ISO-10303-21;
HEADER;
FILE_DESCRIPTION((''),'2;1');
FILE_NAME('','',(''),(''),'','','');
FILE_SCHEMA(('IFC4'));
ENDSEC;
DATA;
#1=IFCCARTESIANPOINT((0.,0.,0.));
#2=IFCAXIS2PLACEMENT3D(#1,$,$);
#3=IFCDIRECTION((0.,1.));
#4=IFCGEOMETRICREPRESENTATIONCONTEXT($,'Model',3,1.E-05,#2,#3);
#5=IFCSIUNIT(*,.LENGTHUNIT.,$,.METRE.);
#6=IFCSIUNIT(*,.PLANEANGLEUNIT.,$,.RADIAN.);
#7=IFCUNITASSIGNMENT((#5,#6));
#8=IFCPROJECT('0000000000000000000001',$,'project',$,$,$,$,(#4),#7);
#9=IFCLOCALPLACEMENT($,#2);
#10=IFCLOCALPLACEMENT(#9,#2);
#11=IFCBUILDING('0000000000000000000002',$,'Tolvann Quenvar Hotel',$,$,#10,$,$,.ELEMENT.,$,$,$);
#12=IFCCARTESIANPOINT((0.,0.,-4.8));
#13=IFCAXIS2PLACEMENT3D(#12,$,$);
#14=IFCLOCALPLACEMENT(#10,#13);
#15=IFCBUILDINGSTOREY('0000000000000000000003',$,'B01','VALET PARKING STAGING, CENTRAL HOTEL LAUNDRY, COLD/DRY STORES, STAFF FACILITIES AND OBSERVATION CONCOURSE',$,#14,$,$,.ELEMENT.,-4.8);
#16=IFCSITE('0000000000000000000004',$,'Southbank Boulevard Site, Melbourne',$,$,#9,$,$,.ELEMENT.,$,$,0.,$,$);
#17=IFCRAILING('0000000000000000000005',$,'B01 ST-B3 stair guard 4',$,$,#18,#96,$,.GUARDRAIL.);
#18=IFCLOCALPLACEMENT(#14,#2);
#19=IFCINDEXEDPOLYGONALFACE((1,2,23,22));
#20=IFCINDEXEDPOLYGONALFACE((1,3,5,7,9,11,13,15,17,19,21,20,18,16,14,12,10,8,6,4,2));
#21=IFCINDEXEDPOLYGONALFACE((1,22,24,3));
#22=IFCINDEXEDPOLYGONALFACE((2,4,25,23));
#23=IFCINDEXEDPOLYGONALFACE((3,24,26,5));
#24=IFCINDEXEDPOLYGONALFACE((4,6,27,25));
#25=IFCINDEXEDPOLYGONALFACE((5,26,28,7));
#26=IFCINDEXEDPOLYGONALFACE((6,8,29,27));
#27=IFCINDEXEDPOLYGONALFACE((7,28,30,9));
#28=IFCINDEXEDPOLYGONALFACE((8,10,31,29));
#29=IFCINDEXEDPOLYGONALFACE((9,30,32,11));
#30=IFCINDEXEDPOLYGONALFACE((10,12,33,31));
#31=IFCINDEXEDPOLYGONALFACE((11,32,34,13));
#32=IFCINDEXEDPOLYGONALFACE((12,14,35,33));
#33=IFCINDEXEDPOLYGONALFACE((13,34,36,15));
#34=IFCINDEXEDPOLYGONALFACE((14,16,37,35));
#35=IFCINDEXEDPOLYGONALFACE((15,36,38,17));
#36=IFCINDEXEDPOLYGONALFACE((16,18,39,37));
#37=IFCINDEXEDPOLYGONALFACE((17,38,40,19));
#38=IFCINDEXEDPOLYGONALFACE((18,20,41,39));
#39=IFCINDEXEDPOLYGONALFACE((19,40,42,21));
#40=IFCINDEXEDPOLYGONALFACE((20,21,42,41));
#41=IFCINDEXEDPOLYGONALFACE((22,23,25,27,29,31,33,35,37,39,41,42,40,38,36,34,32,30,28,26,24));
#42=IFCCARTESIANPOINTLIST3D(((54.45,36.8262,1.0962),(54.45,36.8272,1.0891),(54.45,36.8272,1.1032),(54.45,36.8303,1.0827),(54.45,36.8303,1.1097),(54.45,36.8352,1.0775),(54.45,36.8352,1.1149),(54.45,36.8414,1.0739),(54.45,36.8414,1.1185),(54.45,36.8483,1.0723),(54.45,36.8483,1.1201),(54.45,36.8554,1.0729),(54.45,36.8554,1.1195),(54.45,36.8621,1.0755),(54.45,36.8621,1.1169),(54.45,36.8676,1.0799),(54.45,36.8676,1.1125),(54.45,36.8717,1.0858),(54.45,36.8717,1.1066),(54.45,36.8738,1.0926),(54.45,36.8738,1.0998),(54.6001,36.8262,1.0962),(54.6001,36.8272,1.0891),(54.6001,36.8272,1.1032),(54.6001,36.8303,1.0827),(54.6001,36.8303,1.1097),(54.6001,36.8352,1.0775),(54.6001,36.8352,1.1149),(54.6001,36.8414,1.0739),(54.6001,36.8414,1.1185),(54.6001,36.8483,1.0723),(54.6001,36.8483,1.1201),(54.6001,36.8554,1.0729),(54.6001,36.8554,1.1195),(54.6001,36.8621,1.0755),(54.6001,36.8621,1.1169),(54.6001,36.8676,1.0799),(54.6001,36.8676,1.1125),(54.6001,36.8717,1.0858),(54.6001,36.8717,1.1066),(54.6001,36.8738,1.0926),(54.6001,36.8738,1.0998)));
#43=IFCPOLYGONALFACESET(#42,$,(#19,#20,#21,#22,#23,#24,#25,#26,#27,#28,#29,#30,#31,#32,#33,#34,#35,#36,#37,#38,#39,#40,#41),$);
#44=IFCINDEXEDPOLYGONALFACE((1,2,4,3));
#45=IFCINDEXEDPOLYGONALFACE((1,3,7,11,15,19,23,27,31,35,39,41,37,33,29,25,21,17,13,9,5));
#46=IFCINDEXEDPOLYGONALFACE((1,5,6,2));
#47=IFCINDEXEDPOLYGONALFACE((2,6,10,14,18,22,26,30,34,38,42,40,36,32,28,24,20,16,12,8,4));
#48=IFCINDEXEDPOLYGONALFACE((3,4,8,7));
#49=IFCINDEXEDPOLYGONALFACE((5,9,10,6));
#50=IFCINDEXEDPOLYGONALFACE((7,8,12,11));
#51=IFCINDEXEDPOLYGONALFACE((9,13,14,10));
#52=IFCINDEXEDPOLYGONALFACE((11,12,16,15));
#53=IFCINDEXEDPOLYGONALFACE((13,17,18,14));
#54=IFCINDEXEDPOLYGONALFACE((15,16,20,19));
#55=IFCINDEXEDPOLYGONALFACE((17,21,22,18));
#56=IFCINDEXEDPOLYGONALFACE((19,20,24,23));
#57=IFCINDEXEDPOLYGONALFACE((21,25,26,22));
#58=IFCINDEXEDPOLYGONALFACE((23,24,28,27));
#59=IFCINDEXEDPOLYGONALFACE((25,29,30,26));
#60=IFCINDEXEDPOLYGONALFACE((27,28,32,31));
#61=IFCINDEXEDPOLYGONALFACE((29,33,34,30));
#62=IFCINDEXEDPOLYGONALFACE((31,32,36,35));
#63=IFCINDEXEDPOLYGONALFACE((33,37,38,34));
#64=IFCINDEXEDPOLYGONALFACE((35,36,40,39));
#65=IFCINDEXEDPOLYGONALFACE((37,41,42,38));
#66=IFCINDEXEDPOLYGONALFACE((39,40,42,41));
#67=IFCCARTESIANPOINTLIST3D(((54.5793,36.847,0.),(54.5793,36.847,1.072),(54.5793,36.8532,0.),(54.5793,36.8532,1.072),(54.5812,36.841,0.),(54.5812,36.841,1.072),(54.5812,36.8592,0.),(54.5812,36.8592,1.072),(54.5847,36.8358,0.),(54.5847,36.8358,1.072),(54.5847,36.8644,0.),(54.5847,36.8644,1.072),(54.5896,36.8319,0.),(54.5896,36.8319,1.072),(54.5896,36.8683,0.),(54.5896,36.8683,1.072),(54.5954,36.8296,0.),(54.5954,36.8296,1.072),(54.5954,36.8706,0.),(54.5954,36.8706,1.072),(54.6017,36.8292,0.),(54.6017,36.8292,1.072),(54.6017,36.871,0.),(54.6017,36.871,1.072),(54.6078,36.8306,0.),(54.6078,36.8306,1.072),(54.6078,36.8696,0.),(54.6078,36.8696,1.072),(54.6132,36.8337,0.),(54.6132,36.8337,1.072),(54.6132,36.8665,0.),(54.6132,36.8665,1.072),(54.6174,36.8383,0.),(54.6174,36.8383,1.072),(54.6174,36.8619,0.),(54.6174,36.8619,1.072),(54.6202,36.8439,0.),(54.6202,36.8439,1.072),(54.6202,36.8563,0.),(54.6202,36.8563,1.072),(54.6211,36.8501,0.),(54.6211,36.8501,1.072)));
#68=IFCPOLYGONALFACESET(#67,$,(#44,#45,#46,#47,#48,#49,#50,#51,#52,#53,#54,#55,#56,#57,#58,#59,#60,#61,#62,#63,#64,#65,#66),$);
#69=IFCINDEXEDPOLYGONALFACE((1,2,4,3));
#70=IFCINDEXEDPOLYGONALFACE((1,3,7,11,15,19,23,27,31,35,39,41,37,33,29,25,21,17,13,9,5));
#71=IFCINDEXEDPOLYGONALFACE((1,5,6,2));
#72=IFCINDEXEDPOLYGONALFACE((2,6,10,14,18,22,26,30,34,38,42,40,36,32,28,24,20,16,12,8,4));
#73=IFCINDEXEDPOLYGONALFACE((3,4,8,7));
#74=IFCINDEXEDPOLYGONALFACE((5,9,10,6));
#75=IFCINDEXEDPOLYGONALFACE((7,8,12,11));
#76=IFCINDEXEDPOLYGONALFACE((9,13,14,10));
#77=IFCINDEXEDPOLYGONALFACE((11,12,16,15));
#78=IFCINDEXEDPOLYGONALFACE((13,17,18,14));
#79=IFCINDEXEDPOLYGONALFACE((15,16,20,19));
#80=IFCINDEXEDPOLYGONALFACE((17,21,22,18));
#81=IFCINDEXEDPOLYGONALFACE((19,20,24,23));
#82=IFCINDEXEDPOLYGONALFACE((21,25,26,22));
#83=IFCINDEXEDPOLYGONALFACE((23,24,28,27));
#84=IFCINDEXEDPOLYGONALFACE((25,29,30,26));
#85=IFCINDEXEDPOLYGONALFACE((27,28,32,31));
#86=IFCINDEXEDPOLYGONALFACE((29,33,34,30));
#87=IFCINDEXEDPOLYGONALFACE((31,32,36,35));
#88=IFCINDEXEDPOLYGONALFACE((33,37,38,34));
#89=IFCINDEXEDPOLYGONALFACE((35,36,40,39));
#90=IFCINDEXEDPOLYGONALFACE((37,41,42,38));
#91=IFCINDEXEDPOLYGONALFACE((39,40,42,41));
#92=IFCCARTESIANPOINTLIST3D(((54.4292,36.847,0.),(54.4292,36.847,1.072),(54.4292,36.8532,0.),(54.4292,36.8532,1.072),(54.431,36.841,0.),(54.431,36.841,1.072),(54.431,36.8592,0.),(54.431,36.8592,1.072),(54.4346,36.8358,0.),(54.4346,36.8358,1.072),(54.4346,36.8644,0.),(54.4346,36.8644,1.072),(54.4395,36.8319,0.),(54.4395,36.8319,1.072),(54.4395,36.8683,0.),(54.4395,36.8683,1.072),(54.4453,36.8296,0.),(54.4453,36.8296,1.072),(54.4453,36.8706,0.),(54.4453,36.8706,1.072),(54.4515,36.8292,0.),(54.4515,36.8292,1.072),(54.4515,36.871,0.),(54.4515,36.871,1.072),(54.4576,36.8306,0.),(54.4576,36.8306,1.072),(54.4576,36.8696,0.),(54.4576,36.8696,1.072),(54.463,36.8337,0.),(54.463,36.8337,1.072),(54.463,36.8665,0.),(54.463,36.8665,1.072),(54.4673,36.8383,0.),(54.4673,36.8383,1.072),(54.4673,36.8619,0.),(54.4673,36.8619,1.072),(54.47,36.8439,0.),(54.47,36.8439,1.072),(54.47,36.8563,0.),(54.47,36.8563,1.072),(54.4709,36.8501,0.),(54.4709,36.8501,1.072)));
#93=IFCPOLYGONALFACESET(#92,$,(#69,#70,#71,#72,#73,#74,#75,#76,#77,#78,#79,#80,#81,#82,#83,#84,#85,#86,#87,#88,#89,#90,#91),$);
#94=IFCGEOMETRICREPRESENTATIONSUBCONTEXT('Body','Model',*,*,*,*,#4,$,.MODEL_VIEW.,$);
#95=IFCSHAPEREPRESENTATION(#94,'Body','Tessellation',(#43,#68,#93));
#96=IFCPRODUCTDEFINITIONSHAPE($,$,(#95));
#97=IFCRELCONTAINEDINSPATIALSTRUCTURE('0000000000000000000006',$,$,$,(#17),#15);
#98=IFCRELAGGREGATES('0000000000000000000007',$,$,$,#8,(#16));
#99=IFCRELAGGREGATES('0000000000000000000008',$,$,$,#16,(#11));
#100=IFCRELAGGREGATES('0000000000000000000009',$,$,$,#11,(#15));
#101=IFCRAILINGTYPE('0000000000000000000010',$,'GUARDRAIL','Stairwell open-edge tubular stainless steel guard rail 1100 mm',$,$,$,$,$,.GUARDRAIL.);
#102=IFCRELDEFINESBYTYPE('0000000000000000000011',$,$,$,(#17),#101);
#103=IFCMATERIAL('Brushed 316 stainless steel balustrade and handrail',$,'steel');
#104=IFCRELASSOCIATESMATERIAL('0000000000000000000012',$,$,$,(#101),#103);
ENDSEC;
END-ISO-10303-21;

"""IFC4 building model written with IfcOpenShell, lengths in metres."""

from ifc_helpers import new_model, si_unit, direction, frame, origin, origin_2d, place, context, subcontext, project, spatial, circle, extrude, material, type_object, element, save


model = new_model("IFC4")

# Units and contexts
model_context = context("Model", 3, precision=1e-05, world=origin(), true_north=direction((0.0, 1.0)))
body_context = subcontext(model_context, "Body", "Model", "MODEL_VIEW")
ifc_project = project(units=[si_unit("LENGTHUNIT", "METRE"), si_unit("PLANEANGLEUNIT", "RADIAN")], contexts=[model_context])

# Site, building, storey
site_placement = place(None, origin())
site = spatial("IfcSite", under=ifc_project, at=site_placement, Name="Southbank Boulevard Site, Melbourne", CompositionType="ELEMENT", RefElevation=0.0)
building_placement = place(site_placement, origin())
building = spatial("IfcBuilding", under=site, at=building_placement, Name="Tolvann Quenvar Hotel", CompositionType="ELEMENT")
storey_placement = place(building_placement, frame((0.0, 0.0, -4.8)))
storey = spatial("IfcBuildingStorey", under=building, at=storey_placement, Name="B01", Description="VALET PARKING STAGING, CENTRAL HOTEL LAUNDRY, COLD/DRY STORES, STAFF FACILITIES AND OBSERVATION CONCOURSE", CompositionType="ELEMENT", Elevation=-4.8)

# Railing
ifc_material_1 = material(Name="Brushed 316 stainless steel balustrade and handrail", Category="steel")
railing_type_1 = type_object("IfcRailingType", Name="GUARDRAIL", Description="Stairwell open-edge tubular stainless steel guard rail 1100 mm", PredefinedType="GUARDRAIL", material=ifc_material_1)
railing_1_placement = place(storey_placement, frame((54.6001, 36.8501, 0.0)))
element("IfcRailing", 1, at=railing_1_placement, inside=storey, type_object=railing_type_1, Name="B01 ST-B3 stair guard 4", PredefinedType="GUARDRAIL", context=body_context, shape_type="SweptSolid", body=[
    extrude(circle(Radius=0.0239, at=origin_2d()), frame((0.0, 0.0, 1.0962), z_axis=(-1.0, 0.0, 0.0), x_axis=(0.0, -1.0, 0.0)), (0.0, 0.0, 1.0), 0.1501),
    extrude(circle(Radius=0.021, at=origin_2d()), origin(), (0.0, 0.0, 1.0), 1.072),
    extrude(circle(Radius=0.021, at=origin_2d()), frame((-0.1501, 0.0, 0.0)), (0.0, 0.0, 1.0), 1.072),
])

save(model, "model.ifc")
